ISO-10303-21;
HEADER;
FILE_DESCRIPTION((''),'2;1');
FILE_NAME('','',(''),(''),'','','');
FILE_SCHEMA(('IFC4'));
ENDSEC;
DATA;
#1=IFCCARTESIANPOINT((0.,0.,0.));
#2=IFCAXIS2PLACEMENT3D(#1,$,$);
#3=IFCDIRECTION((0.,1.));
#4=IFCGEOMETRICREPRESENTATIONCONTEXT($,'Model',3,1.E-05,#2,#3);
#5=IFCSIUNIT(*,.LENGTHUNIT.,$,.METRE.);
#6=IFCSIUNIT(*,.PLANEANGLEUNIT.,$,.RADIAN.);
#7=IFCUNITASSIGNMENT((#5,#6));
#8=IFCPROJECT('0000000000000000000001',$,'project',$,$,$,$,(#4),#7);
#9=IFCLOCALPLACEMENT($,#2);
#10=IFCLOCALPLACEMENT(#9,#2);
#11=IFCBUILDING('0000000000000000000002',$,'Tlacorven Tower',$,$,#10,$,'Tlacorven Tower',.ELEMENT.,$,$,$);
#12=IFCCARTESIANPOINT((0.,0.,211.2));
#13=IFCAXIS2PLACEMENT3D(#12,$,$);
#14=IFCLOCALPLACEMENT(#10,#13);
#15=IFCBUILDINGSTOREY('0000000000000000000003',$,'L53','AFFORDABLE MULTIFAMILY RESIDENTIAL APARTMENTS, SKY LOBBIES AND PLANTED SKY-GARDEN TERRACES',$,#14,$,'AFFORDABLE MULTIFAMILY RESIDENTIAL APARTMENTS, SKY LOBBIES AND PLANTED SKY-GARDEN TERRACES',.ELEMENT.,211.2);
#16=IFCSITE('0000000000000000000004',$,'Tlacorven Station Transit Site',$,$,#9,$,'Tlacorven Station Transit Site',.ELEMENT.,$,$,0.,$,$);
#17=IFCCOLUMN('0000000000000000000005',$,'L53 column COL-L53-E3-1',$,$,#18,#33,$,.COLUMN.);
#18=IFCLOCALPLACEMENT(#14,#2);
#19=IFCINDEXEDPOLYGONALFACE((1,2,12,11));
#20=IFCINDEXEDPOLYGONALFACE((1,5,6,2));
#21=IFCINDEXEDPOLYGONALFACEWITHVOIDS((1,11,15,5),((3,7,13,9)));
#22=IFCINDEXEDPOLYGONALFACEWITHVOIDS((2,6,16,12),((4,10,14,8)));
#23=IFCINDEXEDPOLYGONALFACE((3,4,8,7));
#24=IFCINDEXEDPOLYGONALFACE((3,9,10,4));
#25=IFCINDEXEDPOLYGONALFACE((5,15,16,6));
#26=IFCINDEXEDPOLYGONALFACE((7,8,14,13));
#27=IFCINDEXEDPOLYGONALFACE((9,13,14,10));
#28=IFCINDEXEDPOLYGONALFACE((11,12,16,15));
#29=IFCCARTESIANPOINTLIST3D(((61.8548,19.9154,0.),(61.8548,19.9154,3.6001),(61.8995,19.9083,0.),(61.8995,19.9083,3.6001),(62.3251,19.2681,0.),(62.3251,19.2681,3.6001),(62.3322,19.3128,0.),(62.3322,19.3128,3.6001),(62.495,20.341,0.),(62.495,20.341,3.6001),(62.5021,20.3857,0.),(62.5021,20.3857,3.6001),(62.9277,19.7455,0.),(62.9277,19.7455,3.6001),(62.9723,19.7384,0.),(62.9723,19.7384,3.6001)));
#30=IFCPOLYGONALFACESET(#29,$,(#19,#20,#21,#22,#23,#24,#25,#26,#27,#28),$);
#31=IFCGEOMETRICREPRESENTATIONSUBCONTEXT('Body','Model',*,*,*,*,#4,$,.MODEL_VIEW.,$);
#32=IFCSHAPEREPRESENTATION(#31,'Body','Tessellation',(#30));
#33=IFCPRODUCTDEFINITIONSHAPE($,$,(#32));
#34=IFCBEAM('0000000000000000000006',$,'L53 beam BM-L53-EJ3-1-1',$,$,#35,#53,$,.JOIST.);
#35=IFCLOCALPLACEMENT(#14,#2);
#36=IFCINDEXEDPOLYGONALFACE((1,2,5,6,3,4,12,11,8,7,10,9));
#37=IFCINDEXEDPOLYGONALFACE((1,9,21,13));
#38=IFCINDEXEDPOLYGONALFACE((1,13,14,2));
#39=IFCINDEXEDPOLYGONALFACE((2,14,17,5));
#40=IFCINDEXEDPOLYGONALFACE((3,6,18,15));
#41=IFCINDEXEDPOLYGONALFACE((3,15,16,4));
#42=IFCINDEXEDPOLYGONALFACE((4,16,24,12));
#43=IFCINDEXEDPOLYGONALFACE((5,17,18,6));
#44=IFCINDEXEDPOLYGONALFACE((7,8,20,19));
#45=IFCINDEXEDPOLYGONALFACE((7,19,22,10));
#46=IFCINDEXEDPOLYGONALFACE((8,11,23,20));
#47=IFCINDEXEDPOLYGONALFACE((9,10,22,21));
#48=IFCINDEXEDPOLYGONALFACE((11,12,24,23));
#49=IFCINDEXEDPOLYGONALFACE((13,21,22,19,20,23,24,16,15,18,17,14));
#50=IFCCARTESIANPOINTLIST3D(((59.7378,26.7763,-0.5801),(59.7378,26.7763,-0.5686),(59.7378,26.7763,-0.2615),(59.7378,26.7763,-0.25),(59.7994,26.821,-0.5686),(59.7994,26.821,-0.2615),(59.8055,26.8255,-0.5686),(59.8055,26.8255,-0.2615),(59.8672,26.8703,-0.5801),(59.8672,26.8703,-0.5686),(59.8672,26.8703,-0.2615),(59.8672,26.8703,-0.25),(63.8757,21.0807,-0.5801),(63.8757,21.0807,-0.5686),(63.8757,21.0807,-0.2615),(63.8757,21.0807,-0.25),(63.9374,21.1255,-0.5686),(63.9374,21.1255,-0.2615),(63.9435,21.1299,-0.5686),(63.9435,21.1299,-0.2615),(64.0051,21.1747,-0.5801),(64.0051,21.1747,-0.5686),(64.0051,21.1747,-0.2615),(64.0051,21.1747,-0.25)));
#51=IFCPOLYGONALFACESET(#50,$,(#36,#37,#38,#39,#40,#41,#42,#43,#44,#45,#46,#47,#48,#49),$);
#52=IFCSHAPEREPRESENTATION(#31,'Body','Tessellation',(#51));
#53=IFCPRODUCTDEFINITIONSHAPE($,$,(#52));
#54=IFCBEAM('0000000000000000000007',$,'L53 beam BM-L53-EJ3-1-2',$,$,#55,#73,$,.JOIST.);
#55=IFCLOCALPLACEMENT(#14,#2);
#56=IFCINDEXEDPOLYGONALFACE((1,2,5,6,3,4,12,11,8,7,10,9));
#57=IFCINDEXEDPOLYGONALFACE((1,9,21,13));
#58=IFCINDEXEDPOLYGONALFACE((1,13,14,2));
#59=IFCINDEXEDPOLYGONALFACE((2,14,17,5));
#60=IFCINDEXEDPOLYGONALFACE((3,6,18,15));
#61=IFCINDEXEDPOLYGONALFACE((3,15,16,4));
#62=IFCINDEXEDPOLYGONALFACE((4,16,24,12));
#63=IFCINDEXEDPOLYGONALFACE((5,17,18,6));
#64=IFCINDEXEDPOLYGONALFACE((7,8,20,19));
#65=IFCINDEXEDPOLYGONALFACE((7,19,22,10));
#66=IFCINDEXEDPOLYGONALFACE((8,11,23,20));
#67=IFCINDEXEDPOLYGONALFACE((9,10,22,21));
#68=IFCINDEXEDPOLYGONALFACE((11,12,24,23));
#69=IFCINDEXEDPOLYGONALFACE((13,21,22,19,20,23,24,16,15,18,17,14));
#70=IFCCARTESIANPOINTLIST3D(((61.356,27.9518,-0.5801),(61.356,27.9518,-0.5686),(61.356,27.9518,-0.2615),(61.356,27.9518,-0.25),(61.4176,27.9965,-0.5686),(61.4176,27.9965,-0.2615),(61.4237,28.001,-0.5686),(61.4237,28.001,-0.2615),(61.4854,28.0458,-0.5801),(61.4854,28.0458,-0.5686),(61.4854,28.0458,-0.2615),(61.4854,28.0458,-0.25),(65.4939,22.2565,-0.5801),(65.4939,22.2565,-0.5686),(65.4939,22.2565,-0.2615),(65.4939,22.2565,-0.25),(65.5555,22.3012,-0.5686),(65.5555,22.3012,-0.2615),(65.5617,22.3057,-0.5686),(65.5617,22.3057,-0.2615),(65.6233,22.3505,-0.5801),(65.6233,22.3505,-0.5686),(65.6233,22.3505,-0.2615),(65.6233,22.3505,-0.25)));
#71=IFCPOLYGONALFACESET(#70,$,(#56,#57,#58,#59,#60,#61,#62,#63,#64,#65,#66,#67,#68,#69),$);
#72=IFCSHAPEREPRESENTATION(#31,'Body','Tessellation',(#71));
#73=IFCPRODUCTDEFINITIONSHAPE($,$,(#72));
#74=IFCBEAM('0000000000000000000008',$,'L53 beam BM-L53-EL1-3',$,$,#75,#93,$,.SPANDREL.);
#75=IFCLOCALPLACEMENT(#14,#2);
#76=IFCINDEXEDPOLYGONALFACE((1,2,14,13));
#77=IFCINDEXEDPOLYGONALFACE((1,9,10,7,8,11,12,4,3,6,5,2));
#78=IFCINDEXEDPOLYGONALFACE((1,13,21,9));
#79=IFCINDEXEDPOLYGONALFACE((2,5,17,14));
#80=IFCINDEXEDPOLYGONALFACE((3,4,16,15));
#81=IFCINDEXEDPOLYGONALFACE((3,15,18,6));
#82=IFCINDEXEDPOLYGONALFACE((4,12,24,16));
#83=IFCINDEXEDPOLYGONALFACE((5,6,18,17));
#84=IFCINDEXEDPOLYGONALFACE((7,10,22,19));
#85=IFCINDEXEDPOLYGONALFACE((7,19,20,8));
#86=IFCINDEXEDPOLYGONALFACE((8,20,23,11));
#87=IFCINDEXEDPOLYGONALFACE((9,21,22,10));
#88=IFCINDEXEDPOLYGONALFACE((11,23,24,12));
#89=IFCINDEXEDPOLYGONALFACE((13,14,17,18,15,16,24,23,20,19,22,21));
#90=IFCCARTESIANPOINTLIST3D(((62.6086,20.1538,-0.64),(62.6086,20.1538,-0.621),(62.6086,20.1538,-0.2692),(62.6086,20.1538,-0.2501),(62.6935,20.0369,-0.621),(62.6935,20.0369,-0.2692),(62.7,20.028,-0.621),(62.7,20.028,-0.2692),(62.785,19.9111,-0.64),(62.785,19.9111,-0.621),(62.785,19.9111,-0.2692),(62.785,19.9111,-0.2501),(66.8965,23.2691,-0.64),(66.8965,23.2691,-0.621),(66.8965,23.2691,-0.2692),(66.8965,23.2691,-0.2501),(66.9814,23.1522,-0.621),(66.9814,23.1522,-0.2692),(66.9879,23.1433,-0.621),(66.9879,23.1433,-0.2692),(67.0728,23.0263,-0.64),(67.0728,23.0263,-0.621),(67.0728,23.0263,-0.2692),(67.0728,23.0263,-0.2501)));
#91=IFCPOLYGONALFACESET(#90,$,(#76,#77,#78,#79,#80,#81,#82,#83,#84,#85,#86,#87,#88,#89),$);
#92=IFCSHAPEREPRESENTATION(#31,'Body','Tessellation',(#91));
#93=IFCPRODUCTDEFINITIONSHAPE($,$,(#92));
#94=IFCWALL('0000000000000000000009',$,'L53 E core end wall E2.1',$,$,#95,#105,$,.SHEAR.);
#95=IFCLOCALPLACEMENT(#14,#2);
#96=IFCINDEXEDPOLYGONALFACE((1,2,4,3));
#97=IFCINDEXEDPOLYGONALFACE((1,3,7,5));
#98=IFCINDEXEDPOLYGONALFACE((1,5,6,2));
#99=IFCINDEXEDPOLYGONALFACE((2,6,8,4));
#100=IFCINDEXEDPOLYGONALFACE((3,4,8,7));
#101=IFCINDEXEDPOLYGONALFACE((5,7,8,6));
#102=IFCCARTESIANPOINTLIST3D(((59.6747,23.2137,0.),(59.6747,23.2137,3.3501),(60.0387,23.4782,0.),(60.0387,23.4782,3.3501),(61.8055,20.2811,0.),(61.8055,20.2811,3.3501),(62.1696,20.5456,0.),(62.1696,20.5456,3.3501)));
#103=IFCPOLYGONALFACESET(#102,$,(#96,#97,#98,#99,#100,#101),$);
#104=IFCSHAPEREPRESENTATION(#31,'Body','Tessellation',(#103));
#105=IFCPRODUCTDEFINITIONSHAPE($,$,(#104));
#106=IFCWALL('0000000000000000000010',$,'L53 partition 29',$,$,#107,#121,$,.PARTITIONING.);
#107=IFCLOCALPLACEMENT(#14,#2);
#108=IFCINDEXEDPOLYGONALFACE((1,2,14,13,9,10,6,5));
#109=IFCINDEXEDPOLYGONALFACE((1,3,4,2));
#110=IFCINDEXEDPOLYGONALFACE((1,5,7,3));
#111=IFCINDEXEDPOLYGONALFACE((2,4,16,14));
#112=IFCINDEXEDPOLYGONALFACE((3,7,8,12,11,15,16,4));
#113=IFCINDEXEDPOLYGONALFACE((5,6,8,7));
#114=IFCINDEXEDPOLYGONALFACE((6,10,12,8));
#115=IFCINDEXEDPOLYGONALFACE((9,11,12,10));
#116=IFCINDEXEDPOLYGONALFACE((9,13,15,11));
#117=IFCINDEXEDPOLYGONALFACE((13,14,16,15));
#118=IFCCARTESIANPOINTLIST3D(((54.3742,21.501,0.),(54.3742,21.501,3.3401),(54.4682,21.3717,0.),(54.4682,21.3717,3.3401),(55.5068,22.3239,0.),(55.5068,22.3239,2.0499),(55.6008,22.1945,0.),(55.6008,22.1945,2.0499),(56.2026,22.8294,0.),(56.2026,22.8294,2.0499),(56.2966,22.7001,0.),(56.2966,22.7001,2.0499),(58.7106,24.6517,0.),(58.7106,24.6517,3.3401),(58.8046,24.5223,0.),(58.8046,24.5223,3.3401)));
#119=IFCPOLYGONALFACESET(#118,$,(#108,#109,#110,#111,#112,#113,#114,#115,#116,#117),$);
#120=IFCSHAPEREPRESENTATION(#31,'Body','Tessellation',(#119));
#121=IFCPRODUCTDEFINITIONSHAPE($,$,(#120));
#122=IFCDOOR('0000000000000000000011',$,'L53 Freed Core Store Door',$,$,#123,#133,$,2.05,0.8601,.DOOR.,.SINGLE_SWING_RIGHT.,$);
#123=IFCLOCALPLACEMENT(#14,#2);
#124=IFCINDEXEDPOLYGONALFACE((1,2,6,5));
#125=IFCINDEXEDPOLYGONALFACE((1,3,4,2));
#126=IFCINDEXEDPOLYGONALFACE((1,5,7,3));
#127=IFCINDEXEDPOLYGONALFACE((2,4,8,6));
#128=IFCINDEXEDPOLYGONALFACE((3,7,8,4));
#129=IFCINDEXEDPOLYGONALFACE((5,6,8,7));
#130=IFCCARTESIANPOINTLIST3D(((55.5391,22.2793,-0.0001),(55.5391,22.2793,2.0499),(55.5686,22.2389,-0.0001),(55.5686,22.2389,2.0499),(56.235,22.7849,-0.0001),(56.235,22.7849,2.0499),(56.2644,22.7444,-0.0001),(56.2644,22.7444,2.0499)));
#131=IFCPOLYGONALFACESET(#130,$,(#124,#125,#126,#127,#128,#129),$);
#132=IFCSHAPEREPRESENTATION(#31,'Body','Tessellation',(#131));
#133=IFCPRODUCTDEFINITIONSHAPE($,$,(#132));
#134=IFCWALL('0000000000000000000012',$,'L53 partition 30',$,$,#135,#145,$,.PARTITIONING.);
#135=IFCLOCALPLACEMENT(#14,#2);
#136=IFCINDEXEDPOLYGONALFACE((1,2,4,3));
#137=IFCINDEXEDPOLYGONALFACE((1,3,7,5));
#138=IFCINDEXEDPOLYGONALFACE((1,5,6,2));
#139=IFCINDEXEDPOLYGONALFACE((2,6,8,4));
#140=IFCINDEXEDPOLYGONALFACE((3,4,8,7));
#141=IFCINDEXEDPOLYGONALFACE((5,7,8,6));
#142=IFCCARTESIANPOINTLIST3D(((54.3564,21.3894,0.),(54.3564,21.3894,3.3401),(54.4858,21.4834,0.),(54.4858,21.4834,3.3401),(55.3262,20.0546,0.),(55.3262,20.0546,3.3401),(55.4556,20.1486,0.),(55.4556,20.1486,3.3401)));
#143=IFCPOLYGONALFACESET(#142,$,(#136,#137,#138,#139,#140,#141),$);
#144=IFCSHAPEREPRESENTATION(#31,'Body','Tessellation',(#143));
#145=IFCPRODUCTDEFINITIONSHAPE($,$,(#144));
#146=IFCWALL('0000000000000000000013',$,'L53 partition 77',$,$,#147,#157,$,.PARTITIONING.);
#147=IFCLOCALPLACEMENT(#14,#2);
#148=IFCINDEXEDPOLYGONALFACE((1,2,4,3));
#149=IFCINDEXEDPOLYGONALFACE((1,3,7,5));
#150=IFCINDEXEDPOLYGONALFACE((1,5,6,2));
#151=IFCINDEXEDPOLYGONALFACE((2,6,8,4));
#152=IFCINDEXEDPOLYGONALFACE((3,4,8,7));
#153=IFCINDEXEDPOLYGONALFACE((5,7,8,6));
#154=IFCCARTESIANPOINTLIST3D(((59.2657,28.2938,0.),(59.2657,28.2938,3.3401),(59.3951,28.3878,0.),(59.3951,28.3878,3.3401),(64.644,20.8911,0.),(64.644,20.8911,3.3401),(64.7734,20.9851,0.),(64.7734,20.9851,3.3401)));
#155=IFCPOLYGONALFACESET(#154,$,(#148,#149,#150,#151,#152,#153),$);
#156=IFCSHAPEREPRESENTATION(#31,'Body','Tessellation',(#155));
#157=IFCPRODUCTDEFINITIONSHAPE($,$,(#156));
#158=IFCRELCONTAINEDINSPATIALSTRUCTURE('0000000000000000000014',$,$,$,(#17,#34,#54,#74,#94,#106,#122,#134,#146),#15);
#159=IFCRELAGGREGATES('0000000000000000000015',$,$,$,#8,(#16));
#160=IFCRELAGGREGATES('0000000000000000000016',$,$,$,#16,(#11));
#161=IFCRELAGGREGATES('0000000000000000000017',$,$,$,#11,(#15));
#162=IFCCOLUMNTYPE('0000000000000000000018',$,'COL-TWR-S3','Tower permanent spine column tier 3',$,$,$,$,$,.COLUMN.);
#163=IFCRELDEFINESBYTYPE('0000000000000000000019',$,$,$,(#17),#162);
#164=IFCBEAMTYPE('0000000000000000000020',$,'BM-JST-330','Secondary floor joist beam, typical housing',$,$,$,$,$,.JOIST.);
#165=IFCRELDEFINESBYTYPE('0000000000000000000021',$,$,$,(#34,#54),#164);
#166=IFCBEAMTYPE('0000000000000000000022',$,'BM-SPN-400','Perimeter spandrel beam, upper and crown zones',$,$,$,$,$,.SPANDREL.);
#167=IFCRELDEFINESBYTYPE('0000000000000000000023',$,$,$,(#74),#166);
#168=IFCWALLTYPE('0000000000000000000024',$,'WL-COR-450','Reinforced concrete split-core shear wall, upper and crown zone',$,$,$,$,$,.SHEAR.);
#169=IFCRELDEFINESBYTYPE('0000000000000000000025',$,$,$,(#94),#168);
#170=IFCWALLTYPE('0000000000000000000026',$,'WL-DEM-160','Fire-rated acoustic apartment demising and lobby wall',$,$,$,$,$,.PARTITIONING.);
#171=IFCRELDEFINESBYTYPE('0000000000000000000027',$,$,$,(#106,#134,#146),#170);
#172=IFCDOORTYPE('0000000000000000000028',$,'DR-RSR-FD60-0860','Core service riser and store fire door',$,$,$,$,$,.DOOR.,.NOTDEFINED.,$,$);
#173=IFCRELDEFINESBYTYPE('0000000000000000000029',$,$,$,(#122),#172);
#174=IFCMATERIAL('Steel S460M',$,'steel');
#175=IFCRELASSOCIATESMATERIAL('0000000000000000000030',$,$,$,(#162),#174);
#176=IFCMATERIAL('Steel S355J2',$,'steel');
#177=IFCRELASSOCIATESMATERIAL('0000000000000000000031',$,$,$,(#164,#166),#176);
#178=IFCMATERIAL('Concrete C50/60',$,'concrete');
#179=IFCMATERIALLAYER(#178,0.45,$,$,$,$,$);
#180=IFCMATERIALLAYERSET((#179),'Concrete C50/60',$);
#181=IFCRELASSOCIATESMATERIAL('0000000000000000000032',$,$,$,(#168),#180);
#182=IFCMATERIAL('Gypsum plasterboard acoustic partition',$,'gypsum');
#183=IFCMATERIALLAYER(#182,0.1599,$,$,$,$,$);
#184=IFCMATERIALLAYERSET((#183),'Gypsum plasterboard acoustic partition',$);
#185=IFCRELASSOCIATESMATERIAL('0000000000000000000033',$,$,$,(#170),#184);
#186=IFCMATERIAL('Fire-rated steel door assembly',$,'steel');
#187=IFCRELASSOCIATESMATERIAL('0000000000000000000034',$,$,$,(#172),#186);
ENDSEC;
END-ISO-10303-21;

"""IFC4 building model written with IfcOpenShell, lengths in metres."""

from ifc_helpers import new_model, si_unit, direction, frame, frame_2d, origin, origin_2d, place, context, subcontext, project, spatial, rectangle, hollow_rectangle, i_section, extrude, source, transform, mapped, material, layer, layer_set, material_profile, profile_set, type_object, element, fill, save


model = new_model("IFC4")

# Units and contexts
model_context = context("Model", 3, precision=1e-05, world=origin(), true_north=direction((0.0, 1.0)))
body_context = subcontext(model_context, "Body", "Model", "MODEL_VIEW")
ifc_project = project(units=[si_unit("LENGTHUNIT", "METRE"), si_unit("PLANEANGLEUNIT", "RADIAN")], contexts=[model_context])

# Site, building, storey
site_placement = place(None, origin())
site = spatial("IfcSite", under=ifc_project, at=site_placement, Name="Tlacorven Station Transit Site", LongName="Tlacorven Station Transit Site", CompositionType="ELEMENT", RefElevation=0.0)
building_placement = place(site_placement, origin())
building = spatial("IfcBuilding", under=site, at=building_placement, Name="Tlacorven Tower", LongName="Tlacorven Tower", CompositionType="ELEMENT")
storey_placement = place(building_placement, frame((0.0, 0.0, 211.2)))
storey = spatial("IfcBuildingStorey", under=building, at=storey_placement, Name="L53", Description="AFFORDABLE MULTIFAMILY RESIDENTIAL APARTMENTS, SKY LOBBIES AND PLANTED SKY-GARDEN TERRACES", LongName="AFFORDABLE MULTIFAMILY RESIDENTIAL APARTMENTS, SKY LOBBIES AND PLANTED SKY-GARDEN TERRACES", CompositionType="ELEMENT", Elevation=211.2)

# Column
ifc_material_1 = material(Name="Steel S460M", Category="steel")
ifc_material_profile_1 = material_profile(ifc_material_1, hollow_rectangle(XDim=0.8, YDim=0.8, WallThickness=0.032, at=origin_2d()), Name="BOX 800X800X32")
ifc_profile_set_1 = profile_set([ifc_material_profile_1], Name="Steel S460M")
column_type = type_object("IfcColumnType", Name="COL-TWR-S3", Description="Tower permanent spine column tier 3", PredefinedType="COLUMN", material=ifc_profile_set_1)
shared_shape_1 = source(origin(), body_context, "Body", "SweptSolid", [
    extrude(hollow_rectangle(XDim=0.8, YDim=0.8, WallThickness=0.032, at=origin_2d()), origin(), (0.0, 0.0, 1.0), 3.6001),
])
column_placement = place(storey_placement, frame((62.4136, 19.8269, 0.0), z_axis=(0.0, 0.0, 1.0), x_axis=(0.809017, 0.587785, 0.0)))
element("IfcColumn", 1, at=column_placement, inside=storey, type_object=column_type, Name="L53 column COL-L53-E3-1", PredefinedType="COLUMN", context=body_context, shape_type="MappedRepresentation", body=[
    mapped(shared_shape_1, transform((0.0, 0.0, 0.0), scale=1.0)),
])

# Beams
ifc_material_2 = material(Name="Steel S355J2", Category="steel")
ifc_material_profile_2 = material_profile(ifc_material_2, i_section(OverallWidth=0.1599, OverallDepth=0.3301, WebThickness=0.0076, FlangeThickness=0.0115, at=origin_2d()), Name="IPE 330")
ifc_profile_set_2 = profile_set([ifc_material_profile_2], Name="Steel S355J2")
beam_type_1 = type_object("IfcBeamType", Name="BM-JST-330", Description="Secondary floor joist beam, typical housing", PredefinedType="JOIST", material=ifc_profile_set_2)
shared_shape_2 = source(origin(), body_context, "Body", "SweptSolid", [
    extrude(i_section(OverallWidth=0.1599, OverallDepth=0.3301, WebThickness=0.0076, FlangeThickness=0.0115, at=origin_2d()), origin(), (0.0, 0.0, 1.0), 7.04),
])
beam_1_placement = place(storey_placement, frame((63.9404, 21.1277, -0.415), z_axis=(-0.587774, 0.809025, 0.0), x_axis=(-0.809025, -0.587774, 0.0)))
element("IfcBeam", 2, at=beam_1_placement, inside=storey, type_object=beam_type_1, Name="L53 beam BM-L53-EJ3-1-1", PredefinedType="JOIST", context=body_context, shape_type="MappedRepresentation", body=[
    mapped(shared_shape_2, transform((0.0, 0.0, 0.0), scale=1.0)),
])
shared_shape_3 = source(origin(), body_context, "Body", "SweptSolid", [
    extrude(i_section(OverallWidth=0.1599, OverallDepth=0.3301, WebThickness=0.0076, FlangeThickness=0.0115, at=origin_2d()), origin(), (0.0, 0.0, 1.0), 7.0398),
])
beam_2_placement = place(storey_placement, frame((65.5586, 22.3035, -0.415), z_axis=(-0.58779, 0.809013, 0.0), x_axis=(-0.809013, -0.58779, 0.0)))
element("IfcBeam", 3, at=beam_2_placement, inside=storey, type_object=beam_type_1, Name="L53 beam BM-L53-EJ3-1-2", PredefinedType="JOIST", context=body_context, shape_type="MappedRepresentation", body=[
    mapped(shared_shape_3, transform((0.0, 0.0, 0.0), scale=1.0)),
])
ifc_material_profile_3 = material_profile(ifc_material_2, i_section(OverallWidth=0.3, OverallDepth=0.3899, WebThickness=0.011, FlangeThickness=0.019, at=origin_2d()), Name="HEA 400")
ifc_profile_set_3 = profile_set([ifc_material_profile_3], Name="Steel S355J2")
beam_type_2 = type_object("IfcBeamType", Name="BM-SPN-400", Description="Perimeter spandrel beam, upper and crown zones", PredefinedType="SPANDREL", material=ifc_profile_set_3)
shared_shape_4 = source(origin(), body_context, "Body", "SweptSolid", [
    extrude(i_section(OverallWidth=0.3, OverallDepth=0.3899, WebThickness=0.011, FlangeThickness=0.019, at=origin_2d()), origin(), (0.0, 0.0, 1.0), 5.3),
])
beam_3_placement = place(storey_placement, frame((62.6968, 20.0325, -0.4451), z_axis=(0.809023, 0.587777, 0.0), x_axis=(-0.587777, 0.809023, 0.0)))
element("IfcBeam", 4, at=beam_3_placement, inside=storey, type_object=beam_type_2, Name="L53 beam BM-L53-EL1-3", PredefinedType="SPANDREL", context=body_context, shape_type="MappedRepresentation", body=[
    mapped(shared_shape_4, transform((0.0, 0.0, 0.0), scale=1.0)),
])

# Wall
ifc_material_3 = material(Name="Concrete C50/60", Category="concrete")
ifc_layer_1 = layer(ifc_material_3, 0.45)
ifc_layer_set_1 = layer_set([ifc_layer_1], Name="Concrete C50/60")
wall_type_1 = type_object("IfcWallType", Name="WL-COR-450", Description="Reinforced concrete split-core shear wall, upper and crown zone", PredefinedType="SHEAR", material=ifc_layer_set_1)
wall_1_placement = place(storey_placement, frame((61.9875, 20.4133, 0.0), z_axis=(0.0, 0.0, 1.0), x_axis=(-0.587819, 0.808992, 0.0)))
element("IfcWall", 5, at=wall_1_placement, inside=storey, type_object=wall_type_1, Name="L53 E core end wall E2.1", PredefinedType="SHEAR", context=body_context, shape_type="SweptSolid", body=[
    extrude(rectangle(XDim=3.625, YDim=0.45, at=frame_2d((1.8125, 0.0))), origin(), (0.0, 0.0, 1.0), 3.3501),
])

# Wall, opening, door
ifc_material_4 = material(Name="Gypsum plasterboard acoustic partition", Category="gypsum")
ifc_layer_2 = layer(ifc_material_4, 0.1599)
ifc_layer_set_2 = layer_set([ifc_layer_2], Name="Gypsum plasterboard acoustic partition")
wall_type_2 = type_object("IfcWallType", Name="WL-DEM-160", Description="Fire-rated acoustic apartment demising and lobby wall", PredefinedType="PARTITIONING", material=ifc_layer_set_2)
wall_2_placement = place(storey_placement, frame((54.4211, 21.4363, 0.0), z_axis=(0.0, 0.0, 1.0), x_axis=(0.809014, 0.58779, 0.0)))
wall_2 = element("IfcWall", 6, at=wall_2_placement, inside=storey, type_object=wall_type_2, Name="L53 partition 29", PredefinedType="PARTITIONING", context=body_context, shape_type="SweptSolid", body=[
    extrude(rectangle(XDim=5.3601, YDim=0.1599, at=frame_2d((2.6802, 0.0))), origin(), (0.0, 0.0, 1.0), 3.3401),
])
opening_1_placement = place(wall_2_placement, frame((1.3999, 0.0, 0.0)))
opening_1 = element("IfcOpeningElement", 7, at=opening_1_placement, cuts=wall_2, PredefinedType="OPENING", context=body_context, shape_type="SweptSolid", body=[
    extrude(rectangle(XDim=0.8601, YDim=2.05, at=frame_2d((0.4302, 1.0249))), frame((0.0, 0.0898, 0.0), z_axis=(0.0, -1.0, 0.0), x_axis=(1.0, 0.0, 0.0)), (0.0, 0.0, 1.0), 0.1799),
])
ifc_material_5 = material(Name="Fire-rated steel door assembly", Category="steel")
door_type = type_object("IfcDoorType", Name="DR-RSR-FD60-0860", Description="Core service riser and store fire door", OperationType="NOTDEFINED", PredefinedType="DOOR", material=ifc_material_5)
shared_shape_5 = source(origin(), body_context, "Body", "SweptSolid", [
    extrude(rectangle(XDim=0.8601, YDim=2.05, at=frame_2d((0.4302, 1.0249))), frame((0.0, 0.0249, 0.0), z_axis=(0.0, -1.0, 0.0), x_axis=(1.0, 0.0, 0.0)), (0.0, 0.0, 1.0), 0.05),
])
door_1_placement = place(opening_1_placement, origin())
door_1 = element("IfcDoor", 8, at=door_1_placement, inside=storey, type_object=door_type, Name="L53 Freed Core Store Door", OperationType="SINGLE_SWING_RIGHT", OverallHeight=2.05, OverallWidth=0.8601, PredefinedType="DOOR", context=body_context, shape_type="MappedRepresentation", body=[
    mapped(shared_shape_5, transform((0.0, 0.0, 0.0), scale=1.0)),
])
fill(opening_1, door_1)

# Walls
wall_3_placement = place(storey_placement, frame((55.3909, 20.1016, 0.0), z_axis=(0.0, 0.0, 1.0), x_axis=(-0.587784, 0.809018, 0.0)))
element("IfcWall", 9, at=wall_3_placement, inside=storey, type_object=wall_type_2, Name="L53 partition 30", PredefinedType="PARTITIONING", context=body_context, shape_type="SweptSolid", body=[
    extrude(rectangle(XDim=1.6499, YDim=0.1599, at=frame_2d((0.825, 0.0))), origin(), (0.0, 0.0, 1.0), 3.3401),
])
wall_4_placement = place(storey_placement, frame((64.7087, 20.938, 0.0), z_axis=(0.0, 0.0, 1.0), x_axis=(-0.587777, 0.809023, 0.0)))
element("IfcWall", 10, at=wall_4_placement, inside=storey, type_object=wall_type_2, Name="L53 partition 77", PredefinedType="PARTITIONING", context=body_context, shape_type="SweptSolid", body=[
    extrude(rectangle(XDim=9.1501, YDim=0.1599, at=frame_2d((4.5752, 0.0))), origin(), (0.0, 0.0, 1.0), 3.3401),
])

save(model, "model.ifc")
